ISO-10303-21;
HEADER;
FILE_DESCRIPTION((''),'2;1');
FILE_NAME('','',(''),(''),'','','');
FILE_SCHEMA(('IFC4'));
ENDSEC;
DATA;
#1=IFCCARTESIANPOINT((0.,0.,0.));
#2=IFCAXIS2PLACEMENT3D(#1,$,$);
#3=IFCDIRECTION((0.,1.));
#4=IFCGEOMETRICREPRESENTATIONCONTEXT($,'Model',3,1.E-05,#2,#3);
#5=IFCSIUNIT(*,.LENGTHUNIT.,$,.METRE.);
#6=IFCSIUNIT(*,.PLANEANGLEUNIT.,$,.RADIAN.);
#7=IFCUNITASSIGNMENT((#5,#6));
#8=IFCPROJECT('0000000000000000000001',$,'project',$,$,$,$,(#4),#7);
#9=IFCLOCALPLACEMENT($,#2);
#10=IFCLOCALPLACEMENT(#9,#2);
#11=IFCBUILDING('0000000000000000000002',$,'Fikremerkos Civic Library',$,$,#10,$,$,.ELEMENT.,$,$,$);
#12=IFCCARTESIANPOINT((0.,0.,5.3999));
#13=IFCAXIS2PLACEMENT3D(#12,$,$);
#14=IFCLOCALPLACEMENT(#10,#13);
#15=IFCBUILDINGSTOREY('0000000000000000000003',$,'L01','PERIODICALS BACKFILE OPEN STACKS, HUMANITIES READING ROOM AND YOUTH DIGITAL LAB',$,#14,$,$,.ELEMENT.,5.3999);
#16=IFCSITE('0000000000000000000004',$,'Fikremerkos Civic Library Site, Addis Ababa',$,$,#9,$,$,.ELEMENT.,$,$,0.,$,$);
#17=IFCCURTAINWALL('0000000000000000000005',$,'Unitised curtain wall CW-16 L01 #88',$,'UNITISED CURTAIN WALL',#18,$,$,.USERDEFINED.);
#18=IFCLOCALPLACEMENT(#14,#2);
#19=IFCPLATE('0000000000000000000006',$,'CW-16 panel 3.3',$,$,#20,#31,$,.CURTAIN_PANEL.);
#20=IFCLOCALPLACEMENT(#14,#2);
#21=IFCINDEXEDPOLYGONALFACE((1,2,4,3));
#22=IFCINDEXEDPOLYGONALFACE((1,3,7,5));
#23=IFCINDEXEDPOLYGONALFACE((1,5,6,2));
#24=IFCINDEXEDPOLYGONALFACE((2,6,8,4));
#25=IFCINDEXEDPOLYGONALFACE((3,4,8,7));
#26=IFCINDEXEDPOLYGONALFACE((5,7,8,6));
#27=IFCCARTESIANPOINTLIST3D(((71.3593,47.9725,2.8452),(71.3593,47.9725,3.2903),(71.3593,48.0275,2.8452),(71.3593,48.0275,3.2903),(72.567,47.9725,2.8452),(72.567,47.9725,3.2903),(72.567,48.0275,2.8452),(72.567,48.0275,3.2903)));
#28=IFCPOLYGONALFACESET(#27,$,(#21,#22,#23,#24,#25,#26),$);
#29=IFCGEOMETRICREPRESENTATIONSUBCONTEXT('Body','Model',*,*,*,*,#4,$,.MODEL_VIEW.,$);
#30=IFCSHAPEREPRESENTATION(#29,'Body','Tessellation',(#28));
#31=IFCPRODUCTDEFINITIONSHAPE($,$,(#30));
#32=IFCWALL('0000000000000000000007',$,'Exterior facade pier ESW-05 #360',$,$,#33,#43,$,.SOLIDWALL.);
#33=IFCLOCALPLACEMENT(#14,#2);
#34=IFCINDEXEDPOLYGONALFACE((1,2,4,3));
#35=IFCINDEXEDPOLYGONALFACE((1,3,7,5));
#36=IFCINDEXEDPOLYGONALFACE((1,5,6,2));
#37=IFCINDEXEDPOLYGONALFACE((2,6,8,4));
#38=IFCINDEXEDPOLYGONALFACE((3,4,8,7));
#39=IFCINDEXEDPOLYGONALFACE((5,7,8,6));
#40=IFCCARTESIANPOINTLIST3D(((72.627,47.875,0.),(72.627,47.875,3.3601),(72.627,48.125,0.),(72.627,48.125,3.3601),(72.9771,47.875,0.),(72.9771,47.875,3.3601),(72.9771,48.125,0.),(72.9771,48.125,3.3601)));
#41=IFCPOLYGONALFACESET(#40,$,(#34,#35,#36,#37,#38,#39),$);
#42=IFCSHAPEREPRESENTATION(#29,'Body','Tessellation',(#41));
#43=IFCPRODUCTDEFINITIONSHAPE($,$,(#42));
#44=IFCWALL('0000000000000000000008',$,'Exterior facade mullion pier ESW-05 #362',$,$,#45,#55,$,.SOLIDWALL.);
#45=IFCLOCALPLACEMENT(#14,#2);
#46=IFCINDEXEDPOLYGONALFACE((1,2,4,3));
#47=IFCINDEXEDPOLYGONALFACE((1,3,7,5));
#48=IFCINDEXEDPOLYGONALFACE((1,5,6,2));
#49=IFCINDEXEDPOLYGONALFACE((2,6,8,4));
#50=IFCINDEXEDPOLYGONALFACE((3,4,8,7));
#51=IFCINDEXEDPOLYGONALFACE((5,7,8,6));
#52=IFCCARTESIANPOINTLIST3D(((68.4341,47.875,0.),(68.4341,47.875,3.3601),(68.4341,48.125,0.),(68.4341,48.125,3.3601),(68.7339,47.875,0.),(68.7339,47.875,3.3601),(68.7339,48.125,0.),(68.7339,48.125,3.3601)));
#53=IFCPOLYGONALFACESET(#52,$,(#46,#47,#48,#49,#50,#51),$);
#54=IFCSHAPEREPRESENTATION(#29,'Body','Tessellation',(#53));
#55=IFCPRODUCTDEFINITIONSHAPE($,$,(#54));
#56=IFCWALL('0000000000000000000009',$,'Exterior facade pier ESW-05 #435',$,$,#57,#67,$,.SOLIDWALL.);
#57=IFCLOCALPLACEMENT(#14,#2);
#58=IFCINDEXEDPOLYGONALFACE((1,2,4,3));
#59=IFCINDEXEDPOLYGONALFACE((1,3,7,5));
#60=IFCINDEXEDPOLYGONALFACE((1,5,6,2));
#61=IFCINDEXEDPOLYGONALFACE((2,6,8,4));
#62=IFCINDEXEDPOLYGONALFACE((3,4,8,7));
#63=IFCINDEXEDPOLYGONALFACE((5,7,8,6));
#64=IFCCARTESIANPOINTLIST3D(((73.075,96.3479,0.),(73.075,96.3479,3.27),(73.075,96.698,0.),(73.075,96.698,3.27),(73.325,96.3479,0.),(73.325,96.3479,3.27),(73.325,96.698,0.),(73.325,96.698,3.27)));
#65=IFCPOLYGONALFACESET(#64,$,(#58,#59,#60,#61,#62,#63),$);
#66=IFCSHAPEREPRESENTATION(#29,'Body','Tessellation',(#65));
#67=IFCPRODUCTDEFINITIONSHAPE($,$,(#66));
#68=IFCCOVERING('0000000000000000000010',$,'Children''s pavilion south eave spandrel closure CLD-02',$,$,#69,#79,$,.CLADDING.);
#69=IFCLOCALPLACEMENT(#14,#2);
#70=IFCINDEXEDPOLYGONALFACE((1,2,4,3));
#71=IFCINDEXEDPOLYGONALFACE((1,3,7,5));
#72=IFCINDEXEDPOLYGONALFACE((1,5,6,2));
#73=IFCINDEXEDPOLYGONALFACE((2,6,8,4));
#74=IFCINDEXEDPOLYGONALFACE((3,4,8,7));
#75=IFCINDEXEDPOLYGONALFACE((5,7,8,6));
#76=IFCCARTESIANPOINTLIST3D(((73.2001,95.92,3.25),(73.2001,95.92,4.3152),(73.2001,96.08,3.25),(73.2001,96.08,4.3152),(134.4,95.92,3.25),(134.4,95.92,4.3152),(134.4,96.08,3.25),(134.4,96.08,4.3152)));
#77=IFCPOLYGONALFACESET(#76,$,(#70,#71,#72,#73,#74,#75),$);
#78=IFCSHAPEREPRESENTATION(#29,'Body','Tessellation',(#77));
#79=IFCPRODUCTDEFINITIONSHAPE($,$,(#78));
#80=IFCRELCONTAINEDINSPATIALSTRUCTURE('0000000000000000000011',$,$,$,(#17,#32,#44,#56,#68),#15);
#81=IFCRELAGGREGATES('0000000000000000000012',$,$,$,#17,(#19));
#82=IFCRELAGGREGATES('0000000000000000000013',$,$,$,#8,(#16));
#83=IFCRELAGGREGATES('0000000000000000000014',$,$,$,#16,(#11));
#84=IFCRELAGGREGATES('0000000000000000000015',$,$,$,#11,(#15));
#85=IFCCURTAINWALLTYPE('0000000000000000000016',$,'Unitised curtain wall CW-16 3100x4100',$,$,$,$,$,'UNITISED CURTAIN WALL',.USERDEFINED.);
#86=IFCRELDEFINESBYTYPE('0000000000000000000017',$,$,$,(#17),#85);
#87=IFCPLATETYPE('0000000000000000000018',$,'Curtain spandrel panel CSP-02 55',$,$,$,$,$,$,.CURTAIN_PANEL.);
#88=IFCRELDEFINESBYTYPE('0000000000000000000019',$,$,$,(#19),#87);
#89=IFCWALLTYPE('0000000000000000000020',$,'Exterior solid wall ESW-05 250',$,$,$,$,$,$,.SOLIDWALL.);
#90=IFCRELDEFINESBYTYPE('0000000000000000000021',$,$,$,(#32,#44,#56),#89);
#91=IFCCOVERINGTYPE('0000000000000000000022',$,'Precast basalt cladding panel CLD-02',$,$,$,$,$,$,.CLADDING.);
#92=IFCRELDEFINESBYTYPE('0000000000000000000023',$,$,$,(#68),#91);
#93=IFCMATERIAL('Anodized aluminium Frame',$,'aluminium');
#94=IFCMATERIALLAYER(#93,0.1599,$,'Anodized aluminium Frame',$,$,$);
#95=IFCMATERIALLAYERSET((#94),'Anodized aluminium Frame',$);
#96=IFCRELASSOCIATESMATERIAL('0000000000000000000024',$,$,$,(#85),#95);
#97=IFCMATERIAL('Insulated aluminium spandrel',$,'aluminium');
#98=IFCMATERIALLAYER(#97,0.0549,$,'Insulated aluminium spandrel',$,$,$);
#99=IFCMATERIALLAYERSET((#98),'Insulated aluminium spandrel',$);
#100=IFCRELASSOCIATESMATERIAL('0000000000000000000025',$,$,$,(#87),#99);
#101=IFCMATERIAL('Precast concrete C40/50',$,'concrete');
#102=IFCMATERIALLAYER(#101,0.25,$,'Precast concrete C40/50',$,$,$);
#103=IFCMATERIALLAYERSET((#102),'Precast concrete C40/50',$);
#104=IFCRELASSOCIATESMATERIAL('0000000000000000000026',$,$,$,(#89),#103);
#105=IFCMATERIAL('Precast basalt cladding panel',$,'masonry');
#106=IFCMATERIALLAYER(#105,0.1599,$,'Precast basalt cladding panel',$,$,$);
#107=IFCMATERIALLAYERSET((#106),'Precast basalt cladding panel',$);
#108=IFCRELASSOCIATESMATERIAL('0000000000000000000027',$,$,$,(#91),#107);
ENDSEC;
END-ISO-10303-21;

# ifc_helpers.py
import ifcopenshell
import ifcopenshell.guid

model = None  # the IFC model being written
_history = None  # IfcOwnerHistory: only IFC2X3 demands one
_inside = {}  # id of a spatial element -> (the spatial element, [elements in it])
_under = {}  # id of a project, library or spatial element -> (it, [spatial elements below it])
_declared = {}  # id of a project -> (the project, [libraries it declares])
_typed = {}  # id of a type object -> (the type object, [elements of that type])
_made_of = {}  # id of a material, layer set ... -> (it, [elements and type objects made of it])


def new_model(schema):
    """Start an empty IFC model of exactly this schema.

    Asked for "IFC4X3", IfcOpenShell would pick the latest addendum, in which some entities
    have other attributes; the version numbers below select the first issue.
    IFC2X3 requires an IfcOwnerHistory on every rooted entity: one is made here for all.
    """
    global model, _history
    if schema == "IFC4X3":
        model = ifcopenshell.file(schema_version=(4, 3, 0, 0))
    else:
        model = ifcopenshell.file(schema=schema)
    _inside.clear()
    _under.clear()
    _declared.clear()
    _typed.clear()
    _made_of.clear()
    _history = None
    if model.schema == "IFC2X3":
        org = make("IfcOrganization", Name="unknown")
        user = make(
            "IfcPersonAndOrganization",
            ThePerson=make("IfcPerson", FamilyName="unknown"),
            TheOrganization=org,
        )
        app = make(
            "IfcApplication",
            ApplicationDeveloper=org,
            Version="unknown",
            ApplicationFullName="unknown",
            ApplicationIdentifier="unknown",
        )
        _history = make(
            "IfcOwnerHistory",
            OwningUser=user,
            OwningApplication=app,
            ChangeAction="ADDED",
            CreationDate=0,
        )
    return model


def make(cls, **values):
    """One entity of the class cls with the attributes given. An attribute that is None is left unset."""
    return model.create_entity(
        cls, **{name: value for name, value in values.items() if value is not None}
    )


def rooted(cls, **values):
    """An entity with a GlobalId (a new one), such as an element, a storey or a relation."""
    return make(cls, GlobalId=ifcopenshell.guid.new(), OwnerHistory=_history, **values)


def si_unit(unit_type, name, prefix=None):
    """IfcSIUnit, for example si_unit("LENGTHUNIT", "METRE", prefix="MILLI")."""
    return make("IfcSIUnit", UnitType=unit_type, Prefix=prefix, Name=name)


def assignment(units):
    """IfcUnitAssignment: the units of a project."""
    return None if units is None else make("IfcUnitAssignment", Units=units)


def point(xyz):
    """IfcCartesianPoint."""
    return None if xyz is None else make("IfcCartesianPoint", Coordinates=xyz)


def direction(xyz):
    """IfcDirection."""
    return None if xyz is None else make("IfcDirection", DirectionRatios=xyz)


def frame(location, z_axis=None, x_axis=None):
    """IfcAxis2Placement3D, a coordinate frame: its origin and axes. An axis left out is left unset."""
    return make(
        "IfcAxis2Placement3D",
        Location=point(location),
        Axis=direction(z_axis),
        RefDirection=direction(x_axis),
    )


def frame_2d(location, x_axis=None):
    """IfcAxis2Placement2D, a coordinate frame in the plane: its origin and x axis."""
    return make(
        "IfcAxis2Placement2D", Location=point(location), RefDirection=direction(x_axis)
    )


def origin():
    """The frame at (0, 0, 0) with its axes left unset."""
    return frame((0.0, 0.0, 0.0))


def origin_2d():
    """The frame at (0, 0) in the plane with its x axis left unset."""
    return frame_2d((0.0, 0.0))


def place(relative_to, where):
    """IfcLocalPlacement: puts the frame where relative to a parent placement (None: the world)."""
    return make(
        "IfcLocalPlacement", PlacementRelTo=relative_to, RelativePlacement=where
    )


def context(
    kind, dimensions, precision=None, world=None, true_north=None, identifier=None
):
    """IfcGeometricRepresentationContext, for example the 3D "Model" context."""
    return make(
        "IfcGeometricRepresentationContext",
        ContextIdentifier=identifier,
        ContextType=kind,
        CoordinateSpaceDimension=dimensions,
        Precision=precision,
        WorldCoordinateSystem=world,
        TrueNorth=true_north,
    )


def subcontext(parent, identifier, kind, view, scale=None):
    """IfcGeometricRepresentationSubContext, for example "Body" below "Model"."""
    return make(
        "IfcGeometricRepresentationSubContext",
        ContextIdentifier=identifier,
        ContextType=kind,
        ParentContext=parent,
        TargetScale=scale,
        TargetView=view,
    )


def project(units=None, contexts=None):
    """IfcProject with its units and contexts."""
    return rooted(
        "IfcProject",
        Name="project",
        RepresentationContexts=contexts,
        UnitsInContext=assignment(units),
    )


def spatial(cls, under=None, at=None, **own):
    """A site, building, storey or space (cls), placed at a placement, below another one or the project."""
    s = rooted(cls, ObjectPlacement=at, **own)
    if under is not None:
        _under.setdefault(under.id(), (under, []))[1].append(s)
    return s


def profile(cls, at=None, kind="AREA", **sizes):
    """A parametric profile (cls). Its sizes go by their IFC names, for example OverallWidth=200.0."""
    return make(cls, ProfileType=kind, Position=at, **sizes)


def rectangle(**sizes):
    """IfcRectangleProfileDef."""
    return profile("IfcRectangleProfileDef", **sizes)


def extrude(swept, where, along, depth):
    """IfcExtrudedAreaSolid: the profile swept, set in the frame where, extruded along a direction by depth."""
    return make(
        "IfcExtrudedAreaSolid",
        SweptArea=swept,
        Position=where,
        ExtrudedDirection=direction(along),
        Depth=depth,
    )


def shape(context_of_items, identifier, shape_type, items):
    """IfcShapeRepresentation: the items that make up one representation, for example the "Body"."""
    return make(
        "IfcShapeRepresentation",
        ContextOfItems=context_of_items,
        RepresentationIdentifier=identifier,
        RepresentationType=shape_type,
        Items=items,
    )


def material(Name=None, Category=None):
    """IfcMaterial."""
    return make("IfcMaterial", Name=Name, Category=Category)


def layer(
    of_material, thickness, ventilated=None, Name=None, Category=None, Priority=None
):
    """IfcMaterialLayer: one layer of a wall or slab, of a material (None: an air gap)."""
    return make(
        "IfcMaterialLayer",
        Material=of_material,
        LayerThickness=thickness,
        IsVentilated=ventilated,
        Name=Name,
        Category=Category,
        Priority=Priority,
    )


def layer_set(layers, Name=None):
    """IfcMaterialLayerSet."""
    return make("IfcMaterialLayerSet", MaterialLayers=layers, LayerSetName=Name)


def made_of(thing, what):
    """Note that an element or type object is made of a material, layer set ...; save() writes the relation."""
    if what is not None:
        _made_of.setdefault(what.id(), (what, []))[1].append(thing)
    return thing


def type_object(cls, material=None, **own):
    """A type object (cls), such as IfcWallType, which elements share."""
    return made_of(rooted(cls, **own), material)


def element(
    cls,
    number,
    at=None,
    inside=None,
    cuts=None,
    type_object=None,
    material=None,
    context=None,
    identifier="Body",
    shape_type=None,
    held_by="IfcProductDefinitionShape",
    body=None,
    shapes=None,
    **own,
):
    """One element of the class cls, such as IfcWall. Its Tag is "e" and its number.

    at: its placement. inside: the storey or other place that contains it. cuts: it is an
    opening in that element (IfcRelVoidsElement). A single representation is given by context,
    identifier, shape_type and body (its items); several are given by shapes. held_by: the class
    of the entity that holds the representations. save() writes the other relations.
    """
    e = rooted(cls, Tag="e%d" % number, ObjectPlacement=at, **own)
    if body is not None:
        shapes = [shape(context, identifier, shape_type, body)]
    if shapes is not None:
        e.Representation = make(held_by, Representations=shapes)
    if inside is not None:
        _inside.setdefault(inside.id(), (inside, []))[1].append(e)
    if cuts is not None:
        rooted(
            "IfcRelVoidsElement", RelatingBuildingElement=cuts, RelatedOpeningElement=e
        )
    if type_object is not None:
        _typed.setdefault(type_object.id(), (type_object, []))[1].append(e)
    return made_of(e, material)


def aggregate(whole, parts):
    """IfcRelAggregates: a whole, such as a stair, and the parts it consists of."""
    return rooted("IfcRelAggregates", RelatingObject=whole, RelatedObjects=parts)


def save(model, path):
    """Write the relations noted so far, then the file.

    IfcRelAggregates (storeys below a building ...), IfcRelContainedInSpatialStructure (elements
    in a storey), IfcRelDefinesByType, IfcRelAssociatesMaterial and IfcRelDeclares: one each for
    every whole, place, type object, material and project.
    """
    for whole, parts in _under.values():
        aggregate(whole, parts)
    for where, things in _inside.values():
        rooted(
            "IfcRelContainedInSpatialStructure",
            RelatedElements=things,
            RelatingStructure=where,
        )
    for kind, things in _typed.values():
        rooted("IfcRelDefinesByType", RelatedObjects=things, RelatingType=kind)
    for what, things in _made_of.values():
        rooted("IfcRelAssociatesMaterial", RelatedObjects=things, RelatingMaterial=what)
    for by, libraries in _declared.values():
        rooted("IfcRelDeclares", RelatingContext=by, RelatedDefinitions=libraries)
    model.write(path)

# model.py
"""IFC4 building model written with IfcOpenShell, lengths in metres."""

from ifc_helpers import new_model, si_unit, direction, frame, frame_2d, origin, origin_2d, place, context, subcontext, project, spatial, rectangle, extrude, material, layer, layer_set, type_object, element, aggregate, save


model = new_model("IFC4")

# Units and contexts
model_context = context("Model", 3, precision=1e-05, world=origin(), true_north=direction((0.0, 1.0)))
body_context = subcontext(model_context, "Body", "Model", "MODEL_VIEW")
ifc_project = project(units=[si_unit("LENGTHUNIT", "METRE"), si_unit("PLANEANGLEUNIT", "RADIAN")], contexts=[model_context])

# Site, building, storey
site_placement = place(None, origin())
site = spatial("IfcSite", under=ifc_project, at=site_placement, Name="Fikremerkos Civic Library Site, Addis Ababa", CompositionType="ELEMENT", RefElevation=0.0)
building_placement = place(site_placement, origin())
building = spatial("IfcBuilding", under=site, at=building_placement, Name="Fikremerkos Civic Library", CompositionType="ELEMENT")
storey_placement = place(building_placement, frame((0.0, 0.0, 5.3999)))
storey = spatial("IfcBuildingStorey", under=building, at=storey_placement, Name="L01", Description="PERIODICALS BACKFILE OPEN STACKS, HUMANITIES READING ROOM AND YOUTH DIGITAL LAB", CompositionType="ELEMENT", Elevation=5.3999)

# Shared definitions
ifc_material_1 = material(Name="Anodized aluminium Frame", Category="aluminium")

# Curtain wall
ifc_layer_1 = layer(ifc_material_1, 0.1599, Name="Anodized aluminium Frame")
ifc_layer_set_1 = layer_set([ifc_layer_1], Name="Anodized aluminium Frame")
curtain_wall_type_1 = type_object("IfcCurtainWallType", Name="Unitised curtain wall CW-16 3100x4100", ElementType="UNITISED CURTAIN WALL", PredefinedType="USERDEFINED", material=ifc_layer_set_1)
curtain_wall_1_placement = place(storey_placement, origin())
curtain_wall_1 = element("IfcCurtainWall", 1, at=curtain_wall_1_placement, inside=storey, type_object=curtain_wall_type_1, Name="Unitised curtain wall CW-16 L01 #88", ObjectType="UNITISED CURTAIN WALL", PredefinedType="USERDEFINED")

# Plate
ifc_material_2 = material(Name="Insulated aluminium spandrel", Category="aluminium")
ifc_layer_2 = layer(ifc_material_2, 0.0549, Name="Insulated aluminium spandrel")
ifc_layer_set_2 = layer_set([ifc_layer_2], Name="Insulated aluminium spandrel")
plate_type_1 = type_object("IfcPlateType", Name="Curtain spandrel panel CSP-02 55", PredefinedType="CURTAIN_PANEL", material=ifc_layer_set_2)
plate_1_placement = place(storey_placement, frame((71.9631, 48.0, 2.8452), z_axis=(0.0, 0.0, 1.0), x_axis=(1.0, 0.0, 0.0)))
plate_1 = element("IfcPlate", 2, at=plate_1_placement, type_object=plate_type_1, Name="CW-16 panel 3.3", PredefinedType="CURTAIN_PANEL", context=body_context, shape_type="SweptSolid", body=[
    extrude(rectangle(XDim=1.2078, YDim=0.0549, at=origin_2d()), origin(), (0.0, 0.0, 1.0), 0.4451),
])
aggregate(curtain_wall_1, [plate_1])

# Walls
ifc_material_3 = material(Name="Precast concrete C40/50", Category="concrete")
ifc_layer_3 = layer(ifc_material_3, 0.25, Name="Precast concrete C40/50")
ifc_layer_set_3 = layer_set([ifc_layer_3], Name="Precast concrete C40/50")
wall_type = type_object("IfcWallType", Name="Exterior solid wall ESW-05 250", PredefinedType="SOLIDWALL", material=ifc_layer_set_3)
wall_1_placement = place(storey_placement, frame((72.627, 48.0, 0.0), z_axis=(0.0, 0.0, 1.0), x_axis=(1.0, 0.0, 0.0)))
element("IfcWall", 3, at=wall_1_placement, inside=storey, type_object=wall_type, Name="Exterior facade pier ESW-05 #360", PredefinedType="SOLIDWALL", context=body_context, shape_type="SweptSolid", body=[
    extrude(rectangle(XDim=0.3501, YDim=0.25, at=frame_2d((0.175, 0.0))), origin(), (0.0, 0.0, 1.0), 3.3601),
])
wall_2_placement = place(storey_placement, frame((68.4341, 48.0, 0.0), z_axis=(0.0, 0.0, 1.0), x_axis=(1.0, 0.0, 0.0)))
element("IfcWall", 4, at=wall_2_placement, inside=storey, type_object=wall_type, Name="Exterior facade mullion pier ESW-05 #362", PredefinedType="SOLIDWALL", context=body_context, shape_type="SweptSolid", body=[
    extrude(rectangle(XDim=0.2998, YDim=0.25, at=frame_2d((0.1499, 0.0))), origin(), (0.0, 0.0, 1.0), 3.3601),
])
wall_3_placement = place(storey_placement, frame((73.2, 96.3479, 0.0), z_axis=(0.0, 0.0, 1.0), x_axis=(0.0, 1.0, 0.0)))
element("IfcWall", 5, at=wall_3_placement, inside=storey, type_object=wall_type, Name="Exterior facade pier ESW-05 #435", PredefinedType="SOLIDWALL", context=body_context, shape_type="SweptSolid", body=[
    extrude(rectangle(XDim=0.3501, YDim=0.25, at=frame_2d((0.175, 0.0))), origin(), (0.0, 0.0, 1.0), 3.27),
])

# Covering
ifc_material_4 = material(Name="Precast basalt cladding panel", Category="masonry")
ifc_layer_4 = layer(ifc_material_4, 0.1599, Name="Precast basalt cladding panel")
ifc_layer_set_4 = layer_set([ifc_layer_4], Name="Precast basalt cladding panel")
covering_type = type_object("IfcCoveringType", Name="Precast basalt cladding panel CLD-02", PredefinedType="CLADDING", material=ifc_layer_set_4)
covering_placement = place(storey_placement, frame((73.2, 96.0, 3.25), z_axis=(0.0, 0.0, 1.0), x_axis=(1.0, 0.0, 0.0)))
element("IfcCovering", 6, at=covering_placement, inside=storey, type_object=covering_type, Name="Children's pavilion south eave spandrel closure CLD-02", PredefinedType="CLADDING", context=body_context, shape_type="SweptSolid", body=[
    extrude(rectangle(XDim=61.2, YDim=0.1599, at=frame_2d((30.6001, 0.0))), origin(), (0.0, 0.0, 1.0), 1.0652),
])

save(model, "model.ifc")
